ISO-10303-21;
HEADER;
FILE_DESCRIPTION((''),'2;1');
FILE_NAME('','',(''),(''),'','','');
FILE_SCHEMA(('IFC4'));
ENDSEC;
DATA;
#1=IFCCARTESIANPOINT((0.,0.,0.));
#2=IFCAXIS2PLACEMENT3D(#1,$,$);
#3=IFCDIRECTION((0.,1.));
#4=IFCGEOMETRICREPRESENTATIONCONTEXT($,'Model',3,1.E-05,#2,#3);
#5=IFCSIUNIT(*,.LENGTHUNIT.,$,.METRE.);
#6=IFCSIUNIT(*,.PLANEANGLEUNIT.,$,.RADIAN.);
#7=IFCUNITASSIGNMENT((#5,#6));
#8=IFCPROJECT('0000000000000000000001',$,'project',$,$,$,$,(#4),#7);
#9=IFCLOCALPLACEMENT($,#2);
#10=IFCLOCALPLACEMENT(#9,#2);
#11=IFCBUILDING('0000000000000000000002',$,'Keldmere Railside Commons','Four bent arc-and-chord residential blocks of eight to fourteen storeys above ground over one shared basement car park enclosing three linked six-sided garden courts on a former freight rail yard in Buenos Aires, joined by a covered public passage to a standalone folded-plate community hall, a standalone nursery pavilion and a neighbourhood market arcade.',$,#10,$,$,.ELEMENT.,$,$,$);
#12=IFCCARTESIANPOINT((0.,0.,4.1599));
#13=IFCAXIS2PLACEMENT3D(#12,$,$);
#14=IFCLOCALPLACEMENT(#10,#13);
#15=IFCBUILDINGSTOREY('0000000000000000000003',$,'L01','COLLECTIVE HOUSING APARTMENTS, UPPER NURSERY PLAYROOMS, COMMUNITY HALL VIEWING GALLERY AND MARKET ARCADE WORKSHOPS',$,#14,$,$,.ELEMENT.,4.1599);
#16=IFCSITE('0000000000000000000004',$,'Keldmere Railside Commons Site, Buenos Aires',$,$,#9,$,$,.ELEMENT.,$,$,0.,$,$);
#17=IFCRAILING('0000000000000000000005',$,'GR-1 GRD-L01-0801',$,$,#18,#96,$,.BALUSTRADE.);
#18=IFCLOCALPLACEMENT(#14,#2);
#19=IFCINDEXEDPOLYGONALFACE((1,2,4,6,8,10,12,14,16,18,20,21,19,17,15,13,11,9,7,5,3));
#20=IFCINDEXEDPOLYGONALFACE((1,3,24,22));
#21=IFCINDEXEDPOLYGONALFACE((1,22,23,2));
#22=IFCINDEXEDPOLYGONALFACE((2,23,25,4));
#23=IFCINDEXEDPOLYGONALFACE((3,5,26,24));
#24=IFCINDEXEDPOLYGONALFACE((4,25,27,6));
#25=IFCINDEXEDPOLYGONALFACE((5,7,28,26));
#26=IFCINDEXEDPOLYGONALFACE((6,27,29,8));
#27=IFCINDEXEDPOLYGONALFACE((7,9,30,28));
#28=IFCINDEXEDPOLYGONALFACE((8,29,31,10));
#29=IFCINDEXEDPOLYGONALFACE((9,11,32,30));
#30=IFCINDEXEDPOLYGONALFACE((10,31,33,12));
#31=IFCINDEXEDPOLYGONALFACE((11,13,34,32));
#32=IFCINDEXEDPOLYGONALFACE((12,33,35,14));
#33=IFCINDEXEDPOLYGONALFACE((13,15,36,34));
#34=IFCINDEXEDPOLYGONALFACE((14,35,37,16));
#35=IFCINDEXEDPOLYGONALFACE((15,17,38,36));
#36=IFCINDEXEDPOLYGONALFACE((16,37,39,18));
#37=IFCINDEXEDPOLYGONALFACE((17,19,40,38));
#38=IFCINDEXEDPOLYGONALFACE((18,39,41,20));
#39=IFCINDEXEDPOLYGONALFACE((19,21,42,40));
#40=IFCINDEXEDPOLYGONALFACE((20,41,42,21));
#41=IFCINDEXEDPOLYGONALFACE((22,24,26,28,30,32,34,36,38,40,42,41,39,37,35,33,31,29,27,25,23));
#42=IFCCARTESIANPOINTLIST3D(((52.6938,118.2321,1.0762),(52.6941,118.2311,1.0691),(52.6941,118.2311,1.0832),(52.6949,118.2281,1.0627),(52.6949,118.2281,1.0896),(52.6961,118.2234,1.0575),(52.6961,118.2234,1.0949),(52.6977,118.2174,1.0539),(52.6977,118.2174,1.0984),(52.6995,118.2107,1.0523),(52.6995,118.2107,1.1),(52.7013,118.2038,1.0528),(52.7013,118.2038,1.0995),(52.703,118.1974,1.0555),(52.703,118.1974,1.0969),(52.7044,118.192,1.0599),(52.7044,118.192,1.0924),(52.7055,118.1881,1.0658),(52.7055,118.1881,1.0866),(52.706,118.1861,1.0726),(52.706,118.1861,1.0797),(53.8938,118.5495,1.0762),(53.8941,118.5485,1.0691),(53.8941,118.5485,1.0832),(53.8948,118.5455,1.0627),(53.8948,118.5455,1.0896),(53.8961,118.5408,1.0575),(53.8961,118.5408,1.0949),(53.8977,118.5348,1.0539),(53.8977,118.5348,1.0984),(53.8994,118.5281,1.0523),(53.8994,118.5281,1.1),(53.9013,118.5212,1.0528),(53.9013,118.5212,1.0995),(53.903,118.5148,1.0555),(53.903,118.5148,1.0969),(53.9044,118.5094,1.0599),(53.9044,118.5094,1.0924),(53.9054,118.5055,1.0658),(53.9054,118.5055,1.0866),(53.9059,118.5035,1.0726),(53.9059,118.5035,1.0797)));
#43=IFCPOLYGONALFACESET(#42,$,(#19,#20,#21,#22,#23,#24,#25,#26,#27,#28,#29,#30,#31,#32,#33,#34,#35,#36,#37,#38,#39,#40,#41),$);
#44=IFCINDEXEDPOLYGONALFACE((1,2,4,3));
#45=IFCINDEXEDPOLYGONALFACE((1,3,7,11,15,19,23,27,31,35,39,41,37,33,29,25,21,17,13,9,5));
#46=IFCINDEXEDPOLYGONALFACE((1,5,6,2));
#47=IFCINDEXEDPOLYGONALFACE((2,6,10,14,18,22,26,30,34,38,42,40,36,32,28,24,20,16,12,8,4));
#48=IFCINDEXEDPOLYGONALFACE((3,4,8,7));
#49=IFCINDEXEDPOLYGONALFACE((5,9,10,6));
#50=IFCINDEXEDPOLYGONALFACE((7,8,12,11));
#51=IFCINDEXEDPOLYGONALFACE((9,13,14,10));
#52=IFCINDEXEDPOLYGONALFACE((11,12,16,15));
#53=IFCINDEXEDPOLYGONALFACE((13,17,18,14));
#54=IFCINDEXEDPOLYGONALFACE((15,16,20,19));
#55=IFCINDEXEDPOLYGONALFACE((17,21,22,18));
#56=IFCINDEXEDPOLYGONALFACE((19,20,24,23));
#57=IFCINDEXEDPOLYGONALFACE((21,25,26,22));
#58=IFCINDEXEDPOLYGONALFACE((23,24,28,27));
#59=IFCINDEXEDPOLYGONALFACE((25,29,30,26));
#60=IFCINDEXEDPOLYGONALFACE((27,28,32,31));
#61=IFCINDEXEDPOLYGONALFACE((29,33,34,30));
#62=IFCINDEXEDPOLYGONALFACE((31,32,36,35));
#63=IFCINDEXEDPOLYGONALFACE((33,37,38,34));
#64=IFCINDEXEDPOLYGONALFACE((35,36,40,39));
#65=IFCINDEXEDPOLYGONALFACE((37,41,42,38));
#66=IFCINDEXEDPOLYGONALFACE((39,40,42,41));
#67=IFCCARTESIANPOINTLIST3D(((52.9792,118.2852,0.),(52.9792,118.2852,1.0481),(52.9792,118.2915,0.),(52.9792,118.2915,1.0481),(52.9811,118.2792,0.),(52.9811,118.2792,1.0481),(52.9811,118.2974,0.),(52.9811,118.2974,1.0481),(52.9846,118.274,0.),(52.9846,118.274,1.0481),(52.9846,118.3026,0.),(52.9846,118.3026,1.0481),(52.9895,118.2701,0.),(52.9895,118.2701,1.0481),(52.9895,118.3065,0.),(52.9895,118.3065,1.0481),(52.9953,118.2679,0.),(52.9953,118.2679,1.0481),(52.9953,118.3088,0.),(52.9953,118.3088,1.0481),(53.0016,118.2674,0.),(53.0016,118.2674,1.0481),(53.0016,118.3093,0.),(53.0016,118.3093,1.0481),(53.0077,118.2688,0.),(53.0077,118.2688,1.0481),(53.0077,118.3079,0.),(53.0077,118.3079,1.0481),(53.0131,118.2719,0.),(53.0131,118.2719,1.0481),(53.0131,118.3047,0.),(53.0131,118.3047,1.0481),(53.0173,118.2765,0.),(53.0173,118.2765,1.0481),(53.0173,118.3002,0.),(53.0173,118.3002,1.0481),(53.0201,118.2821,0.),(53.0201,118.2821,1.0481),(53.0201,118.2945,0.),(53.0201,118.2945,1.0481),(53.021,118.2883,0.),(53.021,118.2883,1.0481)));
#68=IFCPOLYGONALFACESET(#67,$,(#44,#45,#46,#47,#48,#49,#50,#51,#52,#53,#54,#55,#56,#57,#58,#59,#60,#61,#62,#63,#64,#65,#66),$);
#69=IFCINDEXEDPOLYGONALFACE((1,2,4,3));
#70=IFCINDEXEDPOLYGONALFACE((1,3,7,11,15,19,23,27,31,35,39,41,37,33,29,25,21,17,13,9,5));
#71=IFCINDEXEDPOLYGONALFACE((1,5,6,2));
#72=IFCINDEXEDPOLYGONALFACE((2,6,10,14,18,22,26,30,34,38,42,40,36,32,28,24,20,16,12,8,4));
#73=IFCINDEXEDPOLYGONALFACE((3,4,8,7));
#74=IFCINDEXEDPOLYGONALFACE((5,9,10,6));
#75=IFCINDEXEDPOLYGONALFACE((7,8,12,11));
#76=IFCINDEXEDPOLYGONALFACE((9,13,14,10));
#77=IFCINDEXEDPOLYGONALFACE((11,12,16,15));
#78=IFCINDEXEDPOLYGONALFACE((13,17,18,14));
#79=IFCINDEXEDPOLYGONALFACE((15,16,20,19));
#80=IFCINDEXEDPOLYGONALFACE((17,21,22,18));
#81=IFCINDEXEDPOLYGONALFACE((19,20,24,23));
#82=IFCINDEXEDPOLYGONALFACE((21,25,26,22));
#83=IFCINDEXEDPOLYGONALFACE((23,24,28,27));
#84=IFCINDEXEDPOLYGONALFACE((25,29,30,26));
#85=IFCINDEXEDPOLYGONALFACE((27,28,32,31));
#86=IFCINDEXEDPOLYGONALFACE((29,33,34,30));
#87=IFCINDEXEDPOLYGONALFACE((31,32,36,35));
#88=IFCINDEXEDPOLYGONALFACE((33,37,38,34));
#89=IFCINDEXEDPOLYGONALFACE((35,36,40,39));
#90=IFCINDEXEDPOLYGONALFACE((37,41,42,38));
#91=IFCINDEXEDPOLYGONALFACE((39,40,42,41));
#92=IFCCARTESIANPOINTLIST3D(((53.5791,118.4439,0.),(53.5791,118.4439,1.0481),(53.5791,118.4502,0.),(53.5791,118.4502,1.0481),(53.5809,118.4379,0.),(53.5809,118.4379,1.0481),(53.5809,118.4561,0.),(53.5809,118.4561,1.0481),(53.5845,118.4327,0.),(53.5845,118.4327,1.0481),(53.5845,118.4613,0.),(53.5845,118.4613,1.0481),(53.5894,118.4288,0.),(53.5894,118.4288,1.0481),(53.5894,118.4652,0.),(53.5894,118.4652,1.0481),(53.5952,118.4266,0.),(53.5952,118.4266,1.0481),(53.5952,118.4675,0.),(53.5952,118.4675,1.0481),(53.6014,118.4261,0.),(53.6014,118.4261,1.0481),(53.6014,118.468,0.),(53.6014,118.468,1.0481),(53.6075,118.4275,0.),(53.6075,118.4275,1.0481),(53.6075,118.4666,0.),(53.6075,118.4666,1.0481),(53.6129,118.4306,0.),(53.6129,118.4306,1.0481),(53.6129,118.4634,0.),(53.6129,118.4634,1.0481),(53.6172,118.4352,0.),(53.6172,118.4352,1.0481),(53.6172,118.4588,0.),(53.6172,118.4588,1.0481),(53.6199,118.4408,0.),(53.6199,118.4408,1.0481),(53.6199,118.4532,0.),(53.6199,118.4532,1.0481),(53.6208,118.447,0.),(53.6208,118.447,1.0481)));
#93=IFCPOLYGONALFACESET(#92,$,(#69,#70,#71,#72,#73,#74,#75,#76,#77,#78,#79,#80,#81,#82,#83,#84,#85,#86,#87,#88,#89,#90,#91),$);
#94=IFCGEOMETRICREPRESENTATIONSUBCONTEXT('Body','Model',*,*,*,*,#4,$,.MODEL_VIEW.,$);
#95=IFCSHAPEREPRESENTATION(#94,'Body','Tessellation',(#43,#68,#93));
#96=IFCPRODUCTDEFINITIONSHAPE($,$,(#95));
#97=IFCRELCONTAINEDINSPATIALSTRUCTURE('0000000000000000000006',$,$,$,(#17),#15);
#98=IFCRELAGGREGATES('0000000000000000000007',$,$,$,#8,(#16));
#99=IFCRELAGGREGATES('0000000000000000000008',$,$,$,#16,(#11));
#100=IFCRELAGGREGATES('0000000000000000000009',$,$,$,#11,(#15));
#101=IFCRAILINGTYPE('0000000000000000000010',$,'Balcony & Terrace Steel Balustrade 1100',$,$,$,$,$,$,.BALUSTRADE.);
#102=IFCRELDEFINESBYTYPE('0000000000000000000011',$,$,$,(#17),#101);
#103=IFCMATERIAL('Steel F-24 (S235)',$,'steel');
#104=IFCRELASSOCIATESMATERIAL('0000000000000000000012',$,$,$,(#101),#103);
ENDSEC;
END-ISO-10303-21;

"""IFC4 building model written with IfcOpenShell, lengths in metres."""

from ifc_helpers import new_model, si_unit, direction, frame, origin, origin_2d, place, context, subcontext, project, spatial, circle, extrude, material, type_object, element, save


model = new_model("IFC4")

# Units and contexts
model_context = context("Model", 3, precision=1e-05, world=origin(), true_north=direction((0.0, 1.0)))
body_context = subcontext(model_context, "Body", "Model", "MODEL_VIEW")
ifc_project = project(units=[si_unit("LENGTHUNIT", "METRE"), si_unit("PLANEANGLEUNIT", "RADIAN")], contexts=[model_context])

# Site, building, storey
site_placement = place(None, origin())
site = spatial("IfcSite", under=ifc_project, at=site_placement, Name="Keldmere Railside Commons Site, Buenos Aires", CompositionType="ELEMENT", RefElevation=0.0)
building_placement = place(site_placement, origin())
building = spatial("IfcBuilding", under=site, at=building_placement, Name="Keldmere Railside Commons", Description="Four bent arc-and-chord residential blocks of eight to fourteen storeys above ground over one shared basement car park enclosing three linked six-sided garden courts on a former freight rail yard in Buenos Aires, joined by a covered public passage to a standalone folded-plate community hall, a standalone nursery pavilion and a neighbourhood market arcade.", CompositionType="ELEMENT")
storey_placement = place(building_placement, frame((0.0, 0.0, 4.1599)))
storey = spatial("IfcBuildingStorey", under=building, at=storey_placement, Name="L01", Description="COLLECTIVE HOUSING APARTMENTS, UPPER NURSERY PLAYROOMS, COMMUNITY HALL VIEWING GALLERY AND MARKET ARCADE WORKSHOPS", CompositionType="ELEMENT", Elevation=4.1599)

# Railing
ifc_material_1 = material(Name="Steel F-24 (S235)", Category="steel")
railing_type = type_object("IfcRailingType", Name="Balcony & Terrace Steel Balustrade 1100", PredefinedType="BALUSTRADE", material=ifc_material_1)
railing_1_placement = place(storey_placement, frame((52.7, 118.209, 0.0)))
element("IfcRailing", 1, at=railing_1_placement, inside=storey, type_object=railing_type, Name="GR-1 GRD-L01-0801", PredefinedType="BALUSTRADE", context=body_context, shape_type="SweptSolid", body=[
    extrude(circle(Radius=0.0239, at=origin_2d()), frame((0.0, 0.0, 1.0762), z_axis=(0.966755, 0.255703, 0.0), x_axis=(-0.255703, 0.966755, 0.0)), (0.0, 0.0, 1.0), 1.2412),
    extrude(circle(Radius=0.021, at=origin_2d()), frame((0.3, 0.0793, 0.0)), (0.0, 0.0, 1.0), 1.0481),
    extrude(circle(Radius=0.021, at=origin_2d()), frame((0.8999, 0.238, 0.0)), (0.0, 0.0, 1.0), 1.0481),
])

save(model, "model.ifc")
